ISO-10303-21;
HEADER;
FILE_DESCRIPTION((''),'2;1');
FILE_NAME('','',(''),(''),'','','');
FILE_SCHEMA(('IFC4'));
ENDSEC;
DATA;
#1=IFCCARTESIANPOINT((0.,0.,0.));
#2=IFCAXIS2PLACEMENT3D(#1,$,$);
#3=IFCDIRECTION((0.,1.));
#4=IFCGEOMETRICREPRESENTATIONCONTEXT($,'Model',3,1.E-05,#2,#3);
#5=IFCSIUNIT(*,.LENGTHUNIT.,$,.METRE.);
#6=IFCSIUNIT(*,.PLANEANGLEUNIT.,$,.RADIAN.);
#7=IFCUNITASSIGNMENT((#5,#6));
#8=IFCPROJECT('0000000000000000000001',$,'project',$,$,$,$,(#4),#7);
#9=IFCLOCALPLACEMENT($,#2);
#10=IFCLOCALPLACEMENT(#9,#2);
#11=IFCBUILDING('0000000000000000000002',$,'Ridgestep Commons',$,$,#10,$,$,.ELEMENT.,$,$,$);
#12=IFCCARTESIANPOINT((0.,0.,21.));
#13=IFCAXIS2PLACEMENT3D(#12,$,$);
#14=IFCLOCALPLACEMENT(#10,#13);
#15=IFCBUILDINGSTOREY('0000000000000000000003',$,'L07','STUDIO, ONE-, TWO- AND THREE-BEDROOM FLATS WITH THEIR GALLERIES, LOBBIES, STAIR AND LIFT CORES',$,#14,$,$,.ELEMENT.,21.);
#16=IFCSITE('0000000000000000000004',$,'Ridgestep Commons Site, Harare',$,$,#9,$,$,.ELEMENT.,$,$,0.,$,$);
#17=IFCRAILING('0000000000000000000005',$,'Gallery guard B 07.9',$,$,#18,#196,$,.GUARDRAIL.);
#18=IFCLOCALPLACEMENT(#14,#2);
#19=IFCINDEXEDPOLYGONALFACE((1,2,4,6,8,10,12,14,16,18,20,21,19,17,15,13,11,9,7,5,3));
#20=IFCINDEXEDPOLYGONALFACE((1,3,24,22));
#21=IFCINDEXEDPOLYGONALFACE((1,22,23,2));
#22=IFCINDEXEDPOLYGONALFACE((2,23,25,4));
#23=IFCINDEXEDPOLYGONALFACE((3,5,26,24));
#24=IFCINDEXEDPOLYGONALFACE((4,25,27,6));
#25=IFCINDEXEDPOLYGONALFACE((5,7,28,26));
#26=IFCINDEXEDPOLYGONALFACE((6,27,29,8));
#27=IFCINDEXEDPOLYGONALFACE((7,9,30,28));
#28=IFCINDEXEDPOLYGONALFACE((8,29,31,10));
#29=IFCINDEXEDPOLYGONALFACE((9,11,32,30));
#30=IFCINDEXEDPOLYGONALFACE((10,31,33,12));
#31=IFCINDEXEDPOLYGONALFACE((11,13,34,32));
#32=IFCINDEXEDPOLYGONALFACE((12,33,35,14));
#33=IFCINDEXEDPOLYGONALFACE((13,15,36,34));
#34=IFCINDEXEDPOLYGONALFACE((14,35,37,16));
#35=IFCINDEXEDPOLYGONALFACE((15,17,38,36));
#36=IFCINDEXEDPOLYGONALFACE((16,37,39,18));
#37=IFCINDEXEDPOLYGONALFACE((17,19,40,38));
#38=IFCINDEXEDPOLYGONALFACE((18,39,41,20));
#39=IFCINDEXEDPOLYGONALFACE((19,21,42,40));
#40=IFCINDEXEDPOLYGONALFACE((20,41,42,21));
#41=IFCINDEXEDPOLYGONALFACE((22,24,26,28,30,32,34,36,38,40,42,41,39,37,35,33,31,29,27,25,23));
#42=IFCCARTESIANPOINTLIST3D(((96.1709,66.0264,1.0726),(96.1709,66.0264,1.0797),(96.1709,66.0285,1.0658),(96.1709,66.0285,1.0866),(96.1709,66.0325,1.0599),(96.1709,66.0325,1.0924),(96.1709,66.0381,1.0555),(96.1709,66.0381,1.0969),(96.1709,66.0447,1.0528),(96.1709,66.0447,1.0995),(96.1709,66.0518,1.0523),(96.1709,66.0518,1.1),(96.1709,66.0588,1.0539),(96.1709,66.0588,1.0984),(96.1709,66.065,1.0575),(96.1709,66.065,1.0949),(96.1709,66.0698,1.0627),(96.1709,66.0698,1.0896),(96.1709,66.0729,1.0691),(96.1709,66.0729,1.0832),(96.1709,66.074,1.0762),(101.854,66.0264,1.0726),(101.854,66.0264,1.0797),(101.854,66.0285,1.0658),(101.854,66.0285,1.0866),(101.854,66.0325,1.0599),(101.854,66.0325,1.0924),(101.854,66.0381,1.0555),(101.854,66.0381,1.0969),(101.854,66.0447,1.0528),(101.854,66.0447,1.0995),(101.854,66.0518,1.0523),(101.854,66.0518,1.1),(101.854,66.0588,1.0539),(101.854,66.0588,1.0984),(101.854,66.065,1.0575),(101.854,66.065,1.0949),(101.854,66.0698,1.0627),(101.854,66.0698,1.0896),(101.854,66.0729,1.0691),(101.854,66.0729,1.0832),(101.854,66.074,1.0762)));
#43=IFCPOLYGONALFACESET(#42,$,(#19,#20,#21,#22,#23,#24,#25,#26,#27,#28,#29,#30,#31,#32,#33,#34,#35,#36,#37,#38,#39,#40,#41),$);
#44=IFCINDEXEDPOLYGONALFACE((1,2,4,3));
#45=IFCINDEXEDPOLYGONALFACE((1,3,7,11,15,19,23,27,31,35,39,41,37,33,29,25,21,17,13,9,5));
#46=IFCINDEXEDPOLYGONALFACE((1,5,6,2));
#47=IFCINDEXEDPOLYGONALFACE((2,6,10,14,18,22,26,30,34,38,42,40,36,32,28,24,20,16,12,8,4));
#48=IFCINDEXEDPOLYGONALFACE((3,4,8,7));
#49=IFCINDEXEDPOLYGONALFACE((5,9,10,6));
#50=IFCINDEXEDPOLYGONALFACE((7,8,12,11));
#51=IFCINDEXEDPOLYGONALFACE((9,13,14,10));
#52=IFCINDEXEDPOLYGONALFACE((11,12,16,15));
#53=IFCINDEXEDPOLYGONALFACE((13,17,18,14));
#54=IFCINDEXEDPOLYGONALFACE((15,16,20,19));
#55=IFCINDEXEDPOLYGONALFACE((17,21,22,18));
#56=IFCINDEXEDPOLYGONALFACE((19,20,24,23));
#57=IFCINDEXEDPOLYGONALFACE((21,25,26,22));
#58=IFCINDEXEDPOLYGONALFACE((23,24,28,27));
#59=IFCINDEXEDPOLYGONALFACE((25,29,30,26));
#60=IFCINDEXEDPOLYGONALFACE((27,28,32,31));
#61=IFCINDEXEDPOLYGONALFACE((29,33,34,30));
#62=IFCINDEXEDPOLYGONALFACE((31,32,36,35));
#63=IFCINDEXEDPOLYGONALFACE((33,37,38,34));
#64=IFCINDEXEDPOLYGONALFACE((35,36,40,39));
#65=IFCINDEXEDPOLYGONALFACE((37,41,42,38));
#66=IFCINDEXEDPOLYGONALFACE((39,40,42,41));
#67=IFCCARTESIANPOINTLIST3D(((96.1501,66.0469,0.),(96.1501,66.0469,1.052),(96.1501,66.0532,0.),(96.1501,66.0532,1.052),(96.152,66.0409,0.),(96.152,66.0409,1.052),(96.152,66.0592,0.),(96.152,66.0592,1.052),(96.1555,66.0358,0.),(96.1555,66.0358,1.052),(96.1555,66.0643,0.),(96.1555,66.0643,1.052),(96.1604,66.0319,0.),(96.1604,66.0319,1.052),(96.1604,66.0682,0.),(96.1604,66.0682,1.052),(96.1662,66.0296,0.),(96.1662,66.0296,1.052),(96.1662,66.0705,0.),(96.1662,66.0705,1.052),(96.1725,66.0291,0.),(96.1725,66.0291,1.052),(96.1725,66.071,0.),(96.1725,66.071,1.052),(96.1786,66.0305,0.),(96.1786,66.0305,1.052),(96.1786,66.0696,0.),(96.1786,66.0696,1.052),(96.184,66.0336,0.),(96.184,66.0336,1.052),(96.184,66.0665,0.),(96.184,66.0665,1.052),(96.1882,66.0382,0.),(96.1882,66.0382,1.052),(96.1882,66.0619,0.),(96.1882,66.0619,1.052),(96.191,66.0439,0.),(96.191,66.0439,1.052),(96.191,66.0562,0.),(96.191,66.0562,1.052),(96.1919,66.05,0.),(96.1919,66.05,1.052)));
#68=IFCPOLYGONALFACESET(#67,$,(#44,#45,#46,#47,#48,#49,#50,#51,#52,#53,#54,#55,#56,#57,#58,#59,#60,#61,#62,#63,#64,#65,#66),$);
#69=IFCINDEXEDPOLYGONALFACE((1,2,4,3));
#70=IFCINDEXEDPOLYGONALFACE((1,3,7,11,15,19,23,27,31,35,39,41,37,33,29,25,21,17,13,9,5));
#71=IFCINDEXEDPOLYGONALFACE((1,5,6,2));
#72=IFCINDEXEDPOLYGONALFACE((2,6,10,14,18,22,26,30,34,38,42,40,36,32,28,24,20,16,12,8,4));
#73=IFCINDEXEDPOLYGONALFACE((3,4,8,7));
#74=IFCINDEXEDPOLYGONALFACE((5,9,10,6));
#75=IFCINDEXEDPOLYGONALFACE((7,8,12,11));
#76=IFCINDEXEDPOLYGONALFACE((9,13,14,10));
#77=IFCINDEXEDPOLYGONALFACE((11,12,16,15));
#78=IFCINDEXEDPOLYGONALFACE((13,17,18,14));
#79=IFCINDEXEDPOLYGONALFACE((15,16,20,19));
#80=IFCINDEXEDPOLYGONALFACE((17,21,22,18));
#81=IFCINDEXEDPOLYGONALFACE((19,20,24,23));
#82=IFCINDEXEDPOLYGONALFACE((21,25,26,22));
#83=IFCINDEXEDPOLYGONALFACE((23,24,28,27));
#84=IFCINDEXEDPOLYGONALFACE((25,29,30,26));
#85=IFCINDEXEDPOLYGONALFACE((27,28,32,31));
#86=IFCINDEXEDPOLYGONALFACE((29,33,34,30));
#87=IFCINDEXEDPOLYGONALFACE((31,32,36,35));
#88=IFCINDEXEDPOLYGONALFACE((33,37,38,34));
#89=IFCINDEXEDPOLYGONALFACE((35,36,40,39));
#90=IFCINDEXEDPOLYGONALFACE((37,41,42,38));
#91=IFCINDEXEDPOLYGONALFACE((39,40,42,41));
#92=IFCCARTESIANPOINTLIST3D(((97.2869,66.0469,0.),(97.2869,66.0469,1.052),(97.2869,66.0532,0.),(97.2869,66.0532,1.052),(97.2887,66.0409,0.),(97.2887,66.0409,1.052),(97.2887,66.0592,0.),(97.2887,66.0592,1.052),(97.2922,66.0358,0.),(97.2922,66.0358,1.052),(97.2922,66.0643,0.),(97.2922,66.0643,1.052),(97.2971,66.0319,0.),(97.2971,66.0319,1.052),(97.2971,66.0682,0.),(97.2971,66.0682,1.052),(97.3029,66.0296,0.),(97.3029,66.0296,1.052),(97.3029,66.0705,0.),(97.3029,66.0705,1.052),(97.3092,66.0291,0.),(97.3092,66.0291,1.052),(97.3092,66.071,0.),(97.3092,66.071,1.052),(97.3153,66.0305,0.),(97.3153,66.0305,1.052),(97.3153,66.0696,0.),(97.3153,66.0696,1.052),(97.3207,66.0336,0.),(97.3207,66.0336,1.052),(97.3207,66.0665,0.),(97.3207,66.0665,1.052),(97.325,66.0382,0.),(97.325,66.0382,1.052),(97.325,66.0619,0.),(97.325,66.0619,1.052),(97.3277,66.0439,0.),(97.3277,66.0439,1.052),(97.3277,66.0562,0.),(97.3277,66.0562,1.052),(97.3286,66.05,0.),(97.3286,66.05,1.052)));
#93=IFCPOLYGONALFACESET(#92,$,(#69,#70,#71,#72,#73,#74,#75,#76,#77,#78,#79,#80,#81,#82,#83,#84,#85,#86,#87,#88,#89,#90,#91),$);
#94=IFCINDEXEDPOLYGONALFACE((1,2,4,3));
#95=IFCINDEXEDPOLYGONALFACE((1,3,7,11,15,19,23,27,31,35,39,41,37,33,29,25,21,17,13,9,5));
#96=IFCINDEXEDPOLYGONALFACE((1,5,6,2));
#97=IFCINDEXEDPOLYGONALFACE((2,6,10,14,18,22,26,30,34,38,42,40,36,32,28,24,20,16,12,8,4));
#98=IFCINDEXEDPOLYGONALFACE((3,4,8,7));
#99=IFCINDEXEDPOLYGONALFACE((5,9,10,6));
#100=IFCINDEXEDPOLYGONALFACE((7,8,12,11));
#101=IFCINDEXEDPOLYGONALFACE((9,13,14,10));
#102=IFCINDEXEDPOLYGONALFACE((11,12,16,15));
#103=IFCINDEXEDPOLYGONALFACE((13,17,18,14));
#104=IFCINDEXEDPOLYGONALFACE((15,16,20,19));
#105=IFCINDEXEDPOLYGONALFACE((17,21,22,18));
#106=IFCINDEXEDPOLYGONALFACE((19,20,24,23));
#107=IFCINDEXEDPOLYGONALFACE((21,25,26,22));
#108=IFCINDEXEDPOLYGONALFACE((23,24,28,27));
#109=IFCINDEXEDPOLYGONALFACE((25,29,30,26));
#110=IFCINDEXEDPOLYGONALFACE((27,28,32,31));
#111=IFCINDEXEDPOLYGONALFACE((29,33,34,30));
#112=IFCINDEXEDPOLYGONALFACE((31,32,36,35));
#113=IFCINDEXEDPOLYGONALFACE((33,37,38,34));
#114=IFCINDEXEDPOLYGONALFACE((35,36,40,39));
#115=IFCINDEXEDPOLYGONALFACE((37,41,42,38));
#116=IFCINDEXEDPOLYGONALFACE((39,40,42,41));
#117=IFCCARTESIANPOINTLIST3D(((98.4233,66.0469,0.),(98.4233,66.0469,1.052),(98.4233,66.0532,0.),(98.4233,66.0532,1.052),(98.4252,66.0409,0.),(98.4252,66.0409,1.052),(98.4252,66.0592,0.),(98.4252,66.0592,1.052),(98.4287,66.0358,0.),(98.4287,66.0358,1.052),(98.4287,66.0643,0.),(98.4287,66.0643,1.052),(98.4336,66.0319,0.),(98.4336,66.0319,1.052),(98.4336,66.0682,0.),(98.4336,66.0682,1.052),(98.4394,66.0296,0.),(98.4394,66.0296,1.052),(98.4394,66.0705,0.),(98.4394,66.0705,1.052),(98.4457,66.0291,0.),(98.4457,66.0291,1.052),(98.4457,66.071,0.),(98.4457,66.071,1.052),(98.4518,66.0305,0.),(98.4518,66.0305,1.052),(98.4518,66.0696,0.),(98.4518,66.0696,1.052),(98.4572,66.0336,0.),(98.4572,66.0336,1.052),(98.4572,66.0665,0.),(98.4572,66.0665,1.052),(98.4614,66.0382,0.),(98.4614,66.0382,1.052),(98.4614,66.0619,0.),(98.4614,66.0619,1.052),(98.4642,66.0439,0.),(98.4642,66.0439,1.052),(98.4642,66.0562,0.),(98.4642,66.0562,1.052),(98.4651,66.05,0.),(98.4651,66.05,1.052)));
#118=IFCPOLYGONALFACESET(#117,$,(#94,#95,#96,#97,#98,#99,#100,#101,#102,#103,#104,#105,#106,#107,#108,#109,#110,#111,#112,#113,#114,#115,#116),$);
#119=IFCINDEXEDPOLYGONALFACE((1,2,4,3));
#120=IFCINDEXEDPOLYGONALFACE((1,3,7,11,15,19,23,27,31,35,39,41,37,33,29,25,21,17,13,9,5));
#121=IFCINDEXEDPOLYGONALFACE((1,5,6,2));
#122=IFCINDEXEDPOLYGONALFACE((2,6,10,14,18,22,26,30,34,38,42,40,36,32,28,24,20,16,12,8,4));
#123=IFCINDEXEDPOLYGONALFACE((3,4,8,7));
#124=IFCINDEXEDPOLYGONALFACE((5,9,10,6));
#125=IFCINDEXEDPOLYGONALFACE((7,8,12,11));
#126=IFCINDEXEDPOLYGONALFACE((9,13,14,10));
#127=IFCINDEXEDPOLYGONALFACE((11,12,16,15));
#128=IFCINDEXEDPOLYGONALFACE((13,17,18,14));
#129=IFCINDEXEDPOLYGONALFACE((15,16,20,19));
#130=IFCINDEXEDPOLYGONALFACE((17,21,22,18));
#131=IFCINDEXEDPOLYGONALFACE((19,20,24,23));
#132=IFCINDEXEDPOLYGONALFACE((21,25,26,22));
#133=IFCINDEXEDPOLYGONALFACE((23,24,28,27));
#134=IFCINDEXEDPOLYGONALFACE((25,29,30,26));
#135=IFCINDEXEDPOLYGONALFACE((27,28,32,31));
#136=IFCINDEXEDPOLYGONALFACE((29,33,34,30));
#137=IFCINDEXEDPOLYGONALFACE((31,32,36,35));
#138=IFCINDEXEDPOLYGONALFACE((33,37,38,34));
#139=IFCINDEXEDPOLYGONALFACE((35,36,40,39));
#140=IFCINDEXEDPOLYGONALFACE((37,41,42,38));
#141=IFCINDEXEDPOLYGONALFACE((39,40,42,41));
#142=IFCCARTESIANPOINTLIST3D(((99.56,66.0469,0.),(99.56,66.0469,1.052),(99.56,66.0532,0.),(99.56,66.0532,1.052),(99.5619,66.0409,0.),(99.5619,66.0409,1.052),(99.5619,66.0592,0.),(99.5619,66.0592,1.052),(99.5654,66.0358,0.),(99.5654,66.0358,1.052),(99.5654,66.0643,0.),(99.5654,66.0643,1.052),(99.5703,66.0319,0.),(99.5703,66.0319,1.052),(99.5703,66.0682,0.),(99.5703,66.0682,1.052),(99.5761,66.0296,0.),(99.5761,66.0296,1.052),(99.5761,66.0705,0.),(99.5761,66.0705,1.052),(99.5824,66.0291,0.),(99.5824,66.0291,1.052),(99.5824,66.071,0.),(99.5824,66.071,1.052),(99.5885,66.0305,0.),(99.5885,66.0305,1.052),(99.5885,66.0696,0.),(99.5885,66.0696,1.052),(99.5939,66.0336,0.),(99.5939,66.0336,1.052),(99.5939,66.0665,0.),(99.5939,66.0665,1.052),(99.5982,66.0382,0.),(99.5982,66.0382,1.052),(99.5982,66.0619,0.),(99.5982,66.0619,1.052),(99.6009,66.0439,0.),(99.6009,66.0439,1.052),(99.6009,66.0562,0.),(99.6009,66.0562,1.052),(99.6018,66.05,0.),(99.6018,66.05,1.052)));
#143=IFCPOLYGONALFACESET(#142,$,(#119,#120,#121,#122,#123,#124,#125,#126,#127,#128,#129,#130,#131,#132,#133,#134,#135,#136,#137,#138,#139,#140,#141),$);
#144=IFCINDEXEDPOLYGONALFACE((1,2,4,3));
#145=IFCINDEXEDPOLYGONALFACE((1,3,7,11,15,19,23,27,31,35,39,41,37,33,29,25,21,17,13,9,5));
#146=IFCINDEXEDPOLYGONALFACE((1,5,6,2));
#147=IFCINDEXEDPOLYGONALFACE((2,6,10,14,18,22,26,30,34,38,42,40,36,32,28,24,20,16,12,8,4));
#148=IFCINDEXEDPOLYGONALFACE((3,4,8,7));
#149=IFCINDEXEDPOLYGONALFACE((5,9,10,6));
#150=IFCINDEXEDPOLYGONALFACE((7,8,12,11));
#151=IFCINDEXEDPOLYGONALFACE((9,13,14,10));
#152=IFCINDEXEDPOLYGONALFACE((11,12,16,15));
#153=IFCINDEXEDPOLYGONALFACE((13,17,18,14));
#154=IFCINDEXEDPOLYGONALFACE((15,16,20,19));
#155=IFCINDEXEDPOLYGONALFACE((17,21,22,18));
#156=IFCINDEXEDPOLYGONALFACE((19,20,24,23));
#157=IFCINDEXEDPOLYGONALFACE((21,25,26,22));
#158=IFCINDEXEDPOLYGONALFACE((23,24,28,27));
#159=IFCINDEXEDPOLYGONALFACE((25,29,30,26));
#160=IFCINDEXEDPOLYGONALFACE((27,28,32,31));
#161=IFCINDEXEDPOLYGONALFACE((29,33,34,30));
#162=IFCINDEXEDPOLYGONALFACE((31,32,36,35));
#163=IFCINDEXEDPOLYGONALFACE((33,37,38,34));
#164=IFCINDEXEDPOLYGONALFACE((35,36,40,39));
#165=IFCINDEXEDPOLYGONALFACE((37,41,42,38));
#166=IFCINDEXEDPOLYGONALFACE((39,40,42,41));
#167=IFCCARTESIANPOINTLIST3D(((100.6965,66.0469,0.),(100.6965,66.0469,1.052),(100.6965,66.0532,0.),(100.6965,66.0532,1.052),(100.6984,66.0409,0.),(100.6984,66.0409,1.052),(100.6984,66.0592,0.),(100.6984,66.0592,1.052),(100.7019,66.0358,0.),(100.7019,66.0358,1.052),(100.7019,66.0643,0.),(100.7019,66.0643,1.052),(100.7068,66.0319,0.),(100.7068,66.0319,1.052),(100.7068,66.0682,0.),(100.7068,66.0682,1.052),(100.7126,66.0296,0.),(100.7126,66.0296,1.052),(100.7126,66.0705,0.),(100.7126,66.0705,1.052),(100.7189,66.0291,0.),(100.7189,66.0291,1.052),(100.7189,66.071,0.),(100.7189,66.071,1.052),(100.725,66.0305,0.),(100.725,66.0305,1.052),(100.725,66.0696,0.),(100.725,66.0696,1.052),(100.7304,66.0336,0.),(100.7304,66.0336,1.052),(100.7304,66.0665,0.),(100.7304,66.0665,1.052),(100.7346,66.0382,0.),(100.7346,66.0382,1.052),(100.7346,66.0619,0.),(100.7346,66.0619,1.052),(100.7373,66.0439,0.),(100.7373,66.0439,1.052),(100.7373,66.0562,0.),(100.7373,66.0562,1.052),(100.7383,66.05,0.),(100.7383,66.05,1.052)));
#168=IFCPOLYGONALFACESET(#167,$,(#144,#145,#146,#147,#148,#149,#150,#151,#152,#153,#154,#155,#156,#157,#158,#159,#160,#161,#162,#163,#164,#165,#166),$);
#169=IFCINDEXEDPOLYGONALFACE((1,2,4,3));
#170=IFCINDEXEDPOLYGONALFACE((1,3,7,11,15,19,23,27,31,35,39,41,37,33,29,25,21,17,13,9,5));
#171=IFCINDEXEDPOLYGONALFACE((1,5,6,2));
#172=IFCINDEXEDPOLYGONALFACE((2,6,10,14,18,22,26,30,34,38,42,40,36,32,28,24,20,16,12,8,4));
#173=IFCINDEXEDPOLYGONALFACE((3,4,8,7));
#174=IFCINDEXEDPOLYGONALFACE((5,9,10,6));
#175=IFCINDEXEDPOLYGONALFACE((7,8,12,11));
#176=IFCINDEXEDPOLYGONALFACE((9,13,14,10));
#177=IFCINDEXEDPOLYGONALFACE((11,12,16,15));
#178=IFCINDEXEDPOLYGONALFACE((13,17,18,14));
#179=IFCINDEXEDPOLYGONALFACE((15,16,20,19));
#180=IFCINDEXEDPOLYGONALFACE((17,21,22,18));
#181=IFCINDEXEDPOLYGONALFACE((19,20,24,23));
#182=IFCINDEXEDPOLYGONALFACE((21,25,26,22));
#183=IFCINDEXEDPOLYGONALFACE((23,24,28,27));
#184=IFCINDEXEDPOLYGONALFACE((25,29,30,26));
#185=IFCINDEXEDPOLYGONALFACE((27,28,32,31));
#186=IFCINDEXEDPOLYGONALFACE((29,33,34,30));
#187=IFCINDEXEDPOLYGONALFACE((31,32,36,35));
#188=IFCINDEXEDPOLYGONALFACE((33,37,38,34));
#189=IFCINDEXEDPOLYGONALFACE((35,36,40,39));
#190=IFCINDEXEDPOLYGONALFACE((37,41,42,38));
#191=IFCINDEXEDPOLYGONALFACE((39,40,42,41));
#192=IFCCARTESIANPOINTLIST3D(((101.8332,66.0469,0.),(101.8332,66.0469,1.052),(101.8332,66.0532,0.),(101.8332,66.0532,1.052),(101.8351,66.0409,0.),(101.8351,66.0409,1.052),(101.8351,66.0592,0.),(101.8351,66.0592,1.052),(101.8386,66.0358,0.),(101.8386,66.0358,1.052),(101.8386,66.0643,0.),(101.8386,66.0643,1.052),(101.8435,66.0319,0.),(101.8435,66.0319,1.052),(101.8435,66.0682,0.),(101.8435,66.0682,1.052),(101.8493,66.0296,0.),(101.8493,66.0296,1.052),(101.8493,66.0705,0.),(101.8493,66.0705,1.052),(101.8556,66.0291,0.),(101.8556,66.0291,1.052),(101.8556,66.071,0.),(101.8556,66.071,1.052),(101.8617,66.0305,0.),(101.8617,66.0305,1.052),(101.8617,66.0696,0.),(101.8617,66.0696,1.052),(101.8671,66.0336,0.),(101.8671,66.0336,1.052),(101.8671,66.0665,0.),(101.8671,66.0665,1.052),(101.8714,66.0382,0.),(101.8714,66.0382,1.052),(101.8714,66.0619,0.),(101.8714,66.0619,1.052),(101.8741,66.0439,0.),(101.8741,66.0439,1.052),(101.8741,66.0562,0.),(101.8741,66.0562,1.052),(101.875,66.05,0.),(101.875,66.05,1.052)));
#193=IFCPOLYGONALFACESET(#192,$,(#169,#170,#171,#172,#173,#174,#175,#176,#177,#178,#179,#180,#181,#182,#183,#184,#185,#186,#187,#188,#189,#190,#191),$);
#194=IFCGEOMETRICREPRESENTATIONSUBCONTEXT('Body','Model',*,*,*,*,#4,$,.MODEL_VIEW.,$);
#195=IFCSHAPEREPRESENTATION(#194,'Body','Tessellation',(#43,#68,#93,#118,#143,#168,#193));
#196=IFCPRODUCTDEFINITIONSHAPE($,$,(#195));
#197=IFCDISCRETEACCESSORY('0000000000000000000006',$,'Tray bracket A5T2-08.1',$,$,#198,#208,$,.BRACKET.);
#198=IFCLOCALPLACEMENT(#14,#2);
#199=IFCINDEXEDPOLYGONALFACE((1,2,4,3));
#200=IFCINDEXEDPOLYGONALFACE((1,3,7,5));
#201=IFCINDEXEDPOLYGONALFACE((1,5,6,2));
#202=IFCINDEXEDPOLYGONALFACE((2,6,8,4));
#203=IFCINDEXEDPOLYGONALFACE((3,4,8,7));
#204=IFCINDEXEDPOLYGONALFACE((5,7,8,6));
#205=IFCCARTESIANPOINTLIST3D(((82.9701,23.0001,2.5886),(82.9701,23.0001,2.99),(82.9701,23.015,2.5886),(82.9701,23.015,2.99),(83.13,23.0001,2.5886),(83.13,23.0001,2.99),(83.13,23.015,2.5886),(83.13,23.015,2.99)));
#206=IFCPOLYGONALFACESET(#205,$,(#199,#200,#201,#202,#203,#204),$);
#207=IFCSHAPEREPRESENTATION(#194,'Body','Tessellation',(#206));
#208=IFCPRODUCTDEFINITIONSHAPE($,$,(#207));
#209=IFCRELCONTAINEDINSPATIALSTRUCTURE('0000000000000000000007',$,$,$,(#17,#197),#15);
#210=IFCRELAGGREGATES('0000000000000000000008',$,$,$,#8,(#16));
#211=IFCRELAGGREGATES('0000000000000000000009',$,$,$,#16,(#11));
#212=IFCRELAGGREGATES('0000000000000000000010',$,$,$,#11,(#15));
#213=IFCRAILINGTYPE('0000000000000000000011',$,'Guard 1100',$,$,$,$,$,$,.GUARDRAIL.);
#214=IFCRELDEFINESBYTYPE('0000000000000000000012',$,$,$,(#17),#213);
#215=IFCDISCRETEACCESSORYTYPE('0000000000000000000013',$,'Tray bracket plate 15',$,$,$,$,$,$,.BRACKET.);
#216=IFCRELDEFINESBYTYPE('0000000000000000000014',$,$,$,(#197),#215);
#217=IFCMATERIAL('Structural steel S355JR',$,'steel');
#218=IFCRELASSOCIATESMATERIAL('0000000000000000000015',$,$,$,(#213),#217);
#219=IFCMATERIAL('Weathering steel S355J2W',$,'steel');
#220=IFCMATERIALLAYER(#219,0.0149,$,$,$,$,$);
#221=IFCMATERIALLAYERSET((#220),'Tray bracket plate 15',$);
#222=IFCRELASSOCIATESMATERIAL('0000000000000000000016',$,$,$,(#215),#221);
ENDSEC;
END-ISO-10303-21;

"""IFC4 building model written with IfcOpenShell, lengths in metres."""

from ifc_helpers import new_model, si_unit, direction, frame, origin, origin_2d, place, context, subcontext, project, spatial, rectangle, circle, extrude, material, layer, layer_set, type_object, element, save


model = new_model("IFC4")

# Units and contexts
model_context = context("Model", 3, precision=1e-05, world=origin(), true_north=direction((0.0, 1.0)))
body_context = subcontext(model_context, "Body", "Model", "MODEL_VIEW")
ifc_project = project(units=[si_unit("LENGTHUNIT", "METRE"), si_unit("PLANEANGLEUNIT", "RADIAN")], contexts=[model_context])

# Site, building, storey
site_placement = place(None, origin())
site = spatial("IfcSite", under=ifc_project, at=site_placement, Name="Ridgestep Commons Site, Harare", CompositionType="ELEMENT", RefElevation=0.0)
building_placement = place(site_placement, origin())
building = spatial("IfcBuilding", under=site, at=building_placement, Name="Ridgestep Commons", CompositionType="ELEMENT")
storey_placement = place(building_placement, frame((0.0, 0.0, 21.0)))
storey = spatial("IfcBuildingStorey", under=building, at=storey_placement, Name="L07", Description="STUDIO, ONE-, TWO- AND THREE-BEDROOM FLATS WITH THEIR GALLERIES, LOBBIES, STAIR AND LIFT CORES", CompositionType="ELEMENT", Elevation=21.0)

# Railing
ifc_material_1 = material(Name="Structural steel S355JR", Category="steel")
railing_type = type_object("IfcRailingType", Name="Guard 1100", PredefinedType="GUARDRAIL", material=ifc_material_1)
railing_1_placement = place(storey_placement, frame((96.1709, 66.05, 0.0)))
element("IfcRailing", 1, at=railing_1_placement, inside=storey, type_object=railing_type, Name="Gallery guard B 07.9", PredefinedType="GUARDRAIL", context=body_context, shape_type="SweptSolid", body=[
    extrude(circle(Radius=0.0239, at=origin_2d()), frame((0.0, 0.0, 1.0762), z_axis=(1.0, 0.0, 0.0), x_axis=(0.0, 1.0, 0.0)), (0.0, 0.0, 1.0), 5.6831),
    extrude(circle(Radius=0.021, at=origin_2d()), origin(), (0.0, 0.0, 1.0), 1.052),
    extrude(circle(Radius=0.021, at=origin_2d()), frame((1.1367, 0.0, 0.0)), (0.0, 0.0, 1.0), 1.052),
    extrude(circle(Radius=0.021, at=origin_2d()), frame((2.2732, 0.0, 0.0)), (0.0, 0.0, 1.0), 1.052),
    extrude(circle(Radius=0.021, at=origin_2d()), frame((3.4099, 0.0, 0.0)), (0.0, 0.0, 1.0), 1.052),
    extrude(circle(Radius=0.021, at=origin_2d()), frame((4.5464, 0.0, 0.0)), (0.0, 0.0, 1.0), 1.052),
    extrude(circle(Radius=0.021, at=origin_2d()), frame((5.6831, 0.0, 0.0)), (0.0, 0.0, 1.0), 1.052),
])

# Discrete accessory
ifc_material_2 = material(Name="Weathering steel S355J2W", Category="steel")
ifc_layer_1 = layer(ifc_material_2, 0.0149)
ifc_layer_set_1 = layer_set([ifc_layer_1], Name="Tray bracket plate 15")
discrete_accessory_type_1 = type_object("IfcDiscreteAccessoryType", Name="Tray bracket plate 15", PredefinedType="BRACKET", material=ifc_layer_set_1)
for number, where, z_axis, x_axis, name in (
    (2, (83.05, 23.0076, 2.5886), (0.0, 0.0, 1.0), (1.0, 0.0, 0.0), "Tray bracket A5T2-08.1"),
):
    element("IfcDiscreteAccessory", number, at=place(storey_placement, frame(where, z_axis=z_axis, x_axis=x_axis)), inside=storey, type_object=discrete_accessory_type_1, Name=name, PredefinedType="BRACKET", context=body_context, shape_type="SweptSolid", body=[
        extrude(rectangle(XDim=0.1599, YDim=0.0149, at=origin_2d()), origin(), (0.0, 0.0, 1.0), 0.4014),
    ])

save(model, "model.ifc")
